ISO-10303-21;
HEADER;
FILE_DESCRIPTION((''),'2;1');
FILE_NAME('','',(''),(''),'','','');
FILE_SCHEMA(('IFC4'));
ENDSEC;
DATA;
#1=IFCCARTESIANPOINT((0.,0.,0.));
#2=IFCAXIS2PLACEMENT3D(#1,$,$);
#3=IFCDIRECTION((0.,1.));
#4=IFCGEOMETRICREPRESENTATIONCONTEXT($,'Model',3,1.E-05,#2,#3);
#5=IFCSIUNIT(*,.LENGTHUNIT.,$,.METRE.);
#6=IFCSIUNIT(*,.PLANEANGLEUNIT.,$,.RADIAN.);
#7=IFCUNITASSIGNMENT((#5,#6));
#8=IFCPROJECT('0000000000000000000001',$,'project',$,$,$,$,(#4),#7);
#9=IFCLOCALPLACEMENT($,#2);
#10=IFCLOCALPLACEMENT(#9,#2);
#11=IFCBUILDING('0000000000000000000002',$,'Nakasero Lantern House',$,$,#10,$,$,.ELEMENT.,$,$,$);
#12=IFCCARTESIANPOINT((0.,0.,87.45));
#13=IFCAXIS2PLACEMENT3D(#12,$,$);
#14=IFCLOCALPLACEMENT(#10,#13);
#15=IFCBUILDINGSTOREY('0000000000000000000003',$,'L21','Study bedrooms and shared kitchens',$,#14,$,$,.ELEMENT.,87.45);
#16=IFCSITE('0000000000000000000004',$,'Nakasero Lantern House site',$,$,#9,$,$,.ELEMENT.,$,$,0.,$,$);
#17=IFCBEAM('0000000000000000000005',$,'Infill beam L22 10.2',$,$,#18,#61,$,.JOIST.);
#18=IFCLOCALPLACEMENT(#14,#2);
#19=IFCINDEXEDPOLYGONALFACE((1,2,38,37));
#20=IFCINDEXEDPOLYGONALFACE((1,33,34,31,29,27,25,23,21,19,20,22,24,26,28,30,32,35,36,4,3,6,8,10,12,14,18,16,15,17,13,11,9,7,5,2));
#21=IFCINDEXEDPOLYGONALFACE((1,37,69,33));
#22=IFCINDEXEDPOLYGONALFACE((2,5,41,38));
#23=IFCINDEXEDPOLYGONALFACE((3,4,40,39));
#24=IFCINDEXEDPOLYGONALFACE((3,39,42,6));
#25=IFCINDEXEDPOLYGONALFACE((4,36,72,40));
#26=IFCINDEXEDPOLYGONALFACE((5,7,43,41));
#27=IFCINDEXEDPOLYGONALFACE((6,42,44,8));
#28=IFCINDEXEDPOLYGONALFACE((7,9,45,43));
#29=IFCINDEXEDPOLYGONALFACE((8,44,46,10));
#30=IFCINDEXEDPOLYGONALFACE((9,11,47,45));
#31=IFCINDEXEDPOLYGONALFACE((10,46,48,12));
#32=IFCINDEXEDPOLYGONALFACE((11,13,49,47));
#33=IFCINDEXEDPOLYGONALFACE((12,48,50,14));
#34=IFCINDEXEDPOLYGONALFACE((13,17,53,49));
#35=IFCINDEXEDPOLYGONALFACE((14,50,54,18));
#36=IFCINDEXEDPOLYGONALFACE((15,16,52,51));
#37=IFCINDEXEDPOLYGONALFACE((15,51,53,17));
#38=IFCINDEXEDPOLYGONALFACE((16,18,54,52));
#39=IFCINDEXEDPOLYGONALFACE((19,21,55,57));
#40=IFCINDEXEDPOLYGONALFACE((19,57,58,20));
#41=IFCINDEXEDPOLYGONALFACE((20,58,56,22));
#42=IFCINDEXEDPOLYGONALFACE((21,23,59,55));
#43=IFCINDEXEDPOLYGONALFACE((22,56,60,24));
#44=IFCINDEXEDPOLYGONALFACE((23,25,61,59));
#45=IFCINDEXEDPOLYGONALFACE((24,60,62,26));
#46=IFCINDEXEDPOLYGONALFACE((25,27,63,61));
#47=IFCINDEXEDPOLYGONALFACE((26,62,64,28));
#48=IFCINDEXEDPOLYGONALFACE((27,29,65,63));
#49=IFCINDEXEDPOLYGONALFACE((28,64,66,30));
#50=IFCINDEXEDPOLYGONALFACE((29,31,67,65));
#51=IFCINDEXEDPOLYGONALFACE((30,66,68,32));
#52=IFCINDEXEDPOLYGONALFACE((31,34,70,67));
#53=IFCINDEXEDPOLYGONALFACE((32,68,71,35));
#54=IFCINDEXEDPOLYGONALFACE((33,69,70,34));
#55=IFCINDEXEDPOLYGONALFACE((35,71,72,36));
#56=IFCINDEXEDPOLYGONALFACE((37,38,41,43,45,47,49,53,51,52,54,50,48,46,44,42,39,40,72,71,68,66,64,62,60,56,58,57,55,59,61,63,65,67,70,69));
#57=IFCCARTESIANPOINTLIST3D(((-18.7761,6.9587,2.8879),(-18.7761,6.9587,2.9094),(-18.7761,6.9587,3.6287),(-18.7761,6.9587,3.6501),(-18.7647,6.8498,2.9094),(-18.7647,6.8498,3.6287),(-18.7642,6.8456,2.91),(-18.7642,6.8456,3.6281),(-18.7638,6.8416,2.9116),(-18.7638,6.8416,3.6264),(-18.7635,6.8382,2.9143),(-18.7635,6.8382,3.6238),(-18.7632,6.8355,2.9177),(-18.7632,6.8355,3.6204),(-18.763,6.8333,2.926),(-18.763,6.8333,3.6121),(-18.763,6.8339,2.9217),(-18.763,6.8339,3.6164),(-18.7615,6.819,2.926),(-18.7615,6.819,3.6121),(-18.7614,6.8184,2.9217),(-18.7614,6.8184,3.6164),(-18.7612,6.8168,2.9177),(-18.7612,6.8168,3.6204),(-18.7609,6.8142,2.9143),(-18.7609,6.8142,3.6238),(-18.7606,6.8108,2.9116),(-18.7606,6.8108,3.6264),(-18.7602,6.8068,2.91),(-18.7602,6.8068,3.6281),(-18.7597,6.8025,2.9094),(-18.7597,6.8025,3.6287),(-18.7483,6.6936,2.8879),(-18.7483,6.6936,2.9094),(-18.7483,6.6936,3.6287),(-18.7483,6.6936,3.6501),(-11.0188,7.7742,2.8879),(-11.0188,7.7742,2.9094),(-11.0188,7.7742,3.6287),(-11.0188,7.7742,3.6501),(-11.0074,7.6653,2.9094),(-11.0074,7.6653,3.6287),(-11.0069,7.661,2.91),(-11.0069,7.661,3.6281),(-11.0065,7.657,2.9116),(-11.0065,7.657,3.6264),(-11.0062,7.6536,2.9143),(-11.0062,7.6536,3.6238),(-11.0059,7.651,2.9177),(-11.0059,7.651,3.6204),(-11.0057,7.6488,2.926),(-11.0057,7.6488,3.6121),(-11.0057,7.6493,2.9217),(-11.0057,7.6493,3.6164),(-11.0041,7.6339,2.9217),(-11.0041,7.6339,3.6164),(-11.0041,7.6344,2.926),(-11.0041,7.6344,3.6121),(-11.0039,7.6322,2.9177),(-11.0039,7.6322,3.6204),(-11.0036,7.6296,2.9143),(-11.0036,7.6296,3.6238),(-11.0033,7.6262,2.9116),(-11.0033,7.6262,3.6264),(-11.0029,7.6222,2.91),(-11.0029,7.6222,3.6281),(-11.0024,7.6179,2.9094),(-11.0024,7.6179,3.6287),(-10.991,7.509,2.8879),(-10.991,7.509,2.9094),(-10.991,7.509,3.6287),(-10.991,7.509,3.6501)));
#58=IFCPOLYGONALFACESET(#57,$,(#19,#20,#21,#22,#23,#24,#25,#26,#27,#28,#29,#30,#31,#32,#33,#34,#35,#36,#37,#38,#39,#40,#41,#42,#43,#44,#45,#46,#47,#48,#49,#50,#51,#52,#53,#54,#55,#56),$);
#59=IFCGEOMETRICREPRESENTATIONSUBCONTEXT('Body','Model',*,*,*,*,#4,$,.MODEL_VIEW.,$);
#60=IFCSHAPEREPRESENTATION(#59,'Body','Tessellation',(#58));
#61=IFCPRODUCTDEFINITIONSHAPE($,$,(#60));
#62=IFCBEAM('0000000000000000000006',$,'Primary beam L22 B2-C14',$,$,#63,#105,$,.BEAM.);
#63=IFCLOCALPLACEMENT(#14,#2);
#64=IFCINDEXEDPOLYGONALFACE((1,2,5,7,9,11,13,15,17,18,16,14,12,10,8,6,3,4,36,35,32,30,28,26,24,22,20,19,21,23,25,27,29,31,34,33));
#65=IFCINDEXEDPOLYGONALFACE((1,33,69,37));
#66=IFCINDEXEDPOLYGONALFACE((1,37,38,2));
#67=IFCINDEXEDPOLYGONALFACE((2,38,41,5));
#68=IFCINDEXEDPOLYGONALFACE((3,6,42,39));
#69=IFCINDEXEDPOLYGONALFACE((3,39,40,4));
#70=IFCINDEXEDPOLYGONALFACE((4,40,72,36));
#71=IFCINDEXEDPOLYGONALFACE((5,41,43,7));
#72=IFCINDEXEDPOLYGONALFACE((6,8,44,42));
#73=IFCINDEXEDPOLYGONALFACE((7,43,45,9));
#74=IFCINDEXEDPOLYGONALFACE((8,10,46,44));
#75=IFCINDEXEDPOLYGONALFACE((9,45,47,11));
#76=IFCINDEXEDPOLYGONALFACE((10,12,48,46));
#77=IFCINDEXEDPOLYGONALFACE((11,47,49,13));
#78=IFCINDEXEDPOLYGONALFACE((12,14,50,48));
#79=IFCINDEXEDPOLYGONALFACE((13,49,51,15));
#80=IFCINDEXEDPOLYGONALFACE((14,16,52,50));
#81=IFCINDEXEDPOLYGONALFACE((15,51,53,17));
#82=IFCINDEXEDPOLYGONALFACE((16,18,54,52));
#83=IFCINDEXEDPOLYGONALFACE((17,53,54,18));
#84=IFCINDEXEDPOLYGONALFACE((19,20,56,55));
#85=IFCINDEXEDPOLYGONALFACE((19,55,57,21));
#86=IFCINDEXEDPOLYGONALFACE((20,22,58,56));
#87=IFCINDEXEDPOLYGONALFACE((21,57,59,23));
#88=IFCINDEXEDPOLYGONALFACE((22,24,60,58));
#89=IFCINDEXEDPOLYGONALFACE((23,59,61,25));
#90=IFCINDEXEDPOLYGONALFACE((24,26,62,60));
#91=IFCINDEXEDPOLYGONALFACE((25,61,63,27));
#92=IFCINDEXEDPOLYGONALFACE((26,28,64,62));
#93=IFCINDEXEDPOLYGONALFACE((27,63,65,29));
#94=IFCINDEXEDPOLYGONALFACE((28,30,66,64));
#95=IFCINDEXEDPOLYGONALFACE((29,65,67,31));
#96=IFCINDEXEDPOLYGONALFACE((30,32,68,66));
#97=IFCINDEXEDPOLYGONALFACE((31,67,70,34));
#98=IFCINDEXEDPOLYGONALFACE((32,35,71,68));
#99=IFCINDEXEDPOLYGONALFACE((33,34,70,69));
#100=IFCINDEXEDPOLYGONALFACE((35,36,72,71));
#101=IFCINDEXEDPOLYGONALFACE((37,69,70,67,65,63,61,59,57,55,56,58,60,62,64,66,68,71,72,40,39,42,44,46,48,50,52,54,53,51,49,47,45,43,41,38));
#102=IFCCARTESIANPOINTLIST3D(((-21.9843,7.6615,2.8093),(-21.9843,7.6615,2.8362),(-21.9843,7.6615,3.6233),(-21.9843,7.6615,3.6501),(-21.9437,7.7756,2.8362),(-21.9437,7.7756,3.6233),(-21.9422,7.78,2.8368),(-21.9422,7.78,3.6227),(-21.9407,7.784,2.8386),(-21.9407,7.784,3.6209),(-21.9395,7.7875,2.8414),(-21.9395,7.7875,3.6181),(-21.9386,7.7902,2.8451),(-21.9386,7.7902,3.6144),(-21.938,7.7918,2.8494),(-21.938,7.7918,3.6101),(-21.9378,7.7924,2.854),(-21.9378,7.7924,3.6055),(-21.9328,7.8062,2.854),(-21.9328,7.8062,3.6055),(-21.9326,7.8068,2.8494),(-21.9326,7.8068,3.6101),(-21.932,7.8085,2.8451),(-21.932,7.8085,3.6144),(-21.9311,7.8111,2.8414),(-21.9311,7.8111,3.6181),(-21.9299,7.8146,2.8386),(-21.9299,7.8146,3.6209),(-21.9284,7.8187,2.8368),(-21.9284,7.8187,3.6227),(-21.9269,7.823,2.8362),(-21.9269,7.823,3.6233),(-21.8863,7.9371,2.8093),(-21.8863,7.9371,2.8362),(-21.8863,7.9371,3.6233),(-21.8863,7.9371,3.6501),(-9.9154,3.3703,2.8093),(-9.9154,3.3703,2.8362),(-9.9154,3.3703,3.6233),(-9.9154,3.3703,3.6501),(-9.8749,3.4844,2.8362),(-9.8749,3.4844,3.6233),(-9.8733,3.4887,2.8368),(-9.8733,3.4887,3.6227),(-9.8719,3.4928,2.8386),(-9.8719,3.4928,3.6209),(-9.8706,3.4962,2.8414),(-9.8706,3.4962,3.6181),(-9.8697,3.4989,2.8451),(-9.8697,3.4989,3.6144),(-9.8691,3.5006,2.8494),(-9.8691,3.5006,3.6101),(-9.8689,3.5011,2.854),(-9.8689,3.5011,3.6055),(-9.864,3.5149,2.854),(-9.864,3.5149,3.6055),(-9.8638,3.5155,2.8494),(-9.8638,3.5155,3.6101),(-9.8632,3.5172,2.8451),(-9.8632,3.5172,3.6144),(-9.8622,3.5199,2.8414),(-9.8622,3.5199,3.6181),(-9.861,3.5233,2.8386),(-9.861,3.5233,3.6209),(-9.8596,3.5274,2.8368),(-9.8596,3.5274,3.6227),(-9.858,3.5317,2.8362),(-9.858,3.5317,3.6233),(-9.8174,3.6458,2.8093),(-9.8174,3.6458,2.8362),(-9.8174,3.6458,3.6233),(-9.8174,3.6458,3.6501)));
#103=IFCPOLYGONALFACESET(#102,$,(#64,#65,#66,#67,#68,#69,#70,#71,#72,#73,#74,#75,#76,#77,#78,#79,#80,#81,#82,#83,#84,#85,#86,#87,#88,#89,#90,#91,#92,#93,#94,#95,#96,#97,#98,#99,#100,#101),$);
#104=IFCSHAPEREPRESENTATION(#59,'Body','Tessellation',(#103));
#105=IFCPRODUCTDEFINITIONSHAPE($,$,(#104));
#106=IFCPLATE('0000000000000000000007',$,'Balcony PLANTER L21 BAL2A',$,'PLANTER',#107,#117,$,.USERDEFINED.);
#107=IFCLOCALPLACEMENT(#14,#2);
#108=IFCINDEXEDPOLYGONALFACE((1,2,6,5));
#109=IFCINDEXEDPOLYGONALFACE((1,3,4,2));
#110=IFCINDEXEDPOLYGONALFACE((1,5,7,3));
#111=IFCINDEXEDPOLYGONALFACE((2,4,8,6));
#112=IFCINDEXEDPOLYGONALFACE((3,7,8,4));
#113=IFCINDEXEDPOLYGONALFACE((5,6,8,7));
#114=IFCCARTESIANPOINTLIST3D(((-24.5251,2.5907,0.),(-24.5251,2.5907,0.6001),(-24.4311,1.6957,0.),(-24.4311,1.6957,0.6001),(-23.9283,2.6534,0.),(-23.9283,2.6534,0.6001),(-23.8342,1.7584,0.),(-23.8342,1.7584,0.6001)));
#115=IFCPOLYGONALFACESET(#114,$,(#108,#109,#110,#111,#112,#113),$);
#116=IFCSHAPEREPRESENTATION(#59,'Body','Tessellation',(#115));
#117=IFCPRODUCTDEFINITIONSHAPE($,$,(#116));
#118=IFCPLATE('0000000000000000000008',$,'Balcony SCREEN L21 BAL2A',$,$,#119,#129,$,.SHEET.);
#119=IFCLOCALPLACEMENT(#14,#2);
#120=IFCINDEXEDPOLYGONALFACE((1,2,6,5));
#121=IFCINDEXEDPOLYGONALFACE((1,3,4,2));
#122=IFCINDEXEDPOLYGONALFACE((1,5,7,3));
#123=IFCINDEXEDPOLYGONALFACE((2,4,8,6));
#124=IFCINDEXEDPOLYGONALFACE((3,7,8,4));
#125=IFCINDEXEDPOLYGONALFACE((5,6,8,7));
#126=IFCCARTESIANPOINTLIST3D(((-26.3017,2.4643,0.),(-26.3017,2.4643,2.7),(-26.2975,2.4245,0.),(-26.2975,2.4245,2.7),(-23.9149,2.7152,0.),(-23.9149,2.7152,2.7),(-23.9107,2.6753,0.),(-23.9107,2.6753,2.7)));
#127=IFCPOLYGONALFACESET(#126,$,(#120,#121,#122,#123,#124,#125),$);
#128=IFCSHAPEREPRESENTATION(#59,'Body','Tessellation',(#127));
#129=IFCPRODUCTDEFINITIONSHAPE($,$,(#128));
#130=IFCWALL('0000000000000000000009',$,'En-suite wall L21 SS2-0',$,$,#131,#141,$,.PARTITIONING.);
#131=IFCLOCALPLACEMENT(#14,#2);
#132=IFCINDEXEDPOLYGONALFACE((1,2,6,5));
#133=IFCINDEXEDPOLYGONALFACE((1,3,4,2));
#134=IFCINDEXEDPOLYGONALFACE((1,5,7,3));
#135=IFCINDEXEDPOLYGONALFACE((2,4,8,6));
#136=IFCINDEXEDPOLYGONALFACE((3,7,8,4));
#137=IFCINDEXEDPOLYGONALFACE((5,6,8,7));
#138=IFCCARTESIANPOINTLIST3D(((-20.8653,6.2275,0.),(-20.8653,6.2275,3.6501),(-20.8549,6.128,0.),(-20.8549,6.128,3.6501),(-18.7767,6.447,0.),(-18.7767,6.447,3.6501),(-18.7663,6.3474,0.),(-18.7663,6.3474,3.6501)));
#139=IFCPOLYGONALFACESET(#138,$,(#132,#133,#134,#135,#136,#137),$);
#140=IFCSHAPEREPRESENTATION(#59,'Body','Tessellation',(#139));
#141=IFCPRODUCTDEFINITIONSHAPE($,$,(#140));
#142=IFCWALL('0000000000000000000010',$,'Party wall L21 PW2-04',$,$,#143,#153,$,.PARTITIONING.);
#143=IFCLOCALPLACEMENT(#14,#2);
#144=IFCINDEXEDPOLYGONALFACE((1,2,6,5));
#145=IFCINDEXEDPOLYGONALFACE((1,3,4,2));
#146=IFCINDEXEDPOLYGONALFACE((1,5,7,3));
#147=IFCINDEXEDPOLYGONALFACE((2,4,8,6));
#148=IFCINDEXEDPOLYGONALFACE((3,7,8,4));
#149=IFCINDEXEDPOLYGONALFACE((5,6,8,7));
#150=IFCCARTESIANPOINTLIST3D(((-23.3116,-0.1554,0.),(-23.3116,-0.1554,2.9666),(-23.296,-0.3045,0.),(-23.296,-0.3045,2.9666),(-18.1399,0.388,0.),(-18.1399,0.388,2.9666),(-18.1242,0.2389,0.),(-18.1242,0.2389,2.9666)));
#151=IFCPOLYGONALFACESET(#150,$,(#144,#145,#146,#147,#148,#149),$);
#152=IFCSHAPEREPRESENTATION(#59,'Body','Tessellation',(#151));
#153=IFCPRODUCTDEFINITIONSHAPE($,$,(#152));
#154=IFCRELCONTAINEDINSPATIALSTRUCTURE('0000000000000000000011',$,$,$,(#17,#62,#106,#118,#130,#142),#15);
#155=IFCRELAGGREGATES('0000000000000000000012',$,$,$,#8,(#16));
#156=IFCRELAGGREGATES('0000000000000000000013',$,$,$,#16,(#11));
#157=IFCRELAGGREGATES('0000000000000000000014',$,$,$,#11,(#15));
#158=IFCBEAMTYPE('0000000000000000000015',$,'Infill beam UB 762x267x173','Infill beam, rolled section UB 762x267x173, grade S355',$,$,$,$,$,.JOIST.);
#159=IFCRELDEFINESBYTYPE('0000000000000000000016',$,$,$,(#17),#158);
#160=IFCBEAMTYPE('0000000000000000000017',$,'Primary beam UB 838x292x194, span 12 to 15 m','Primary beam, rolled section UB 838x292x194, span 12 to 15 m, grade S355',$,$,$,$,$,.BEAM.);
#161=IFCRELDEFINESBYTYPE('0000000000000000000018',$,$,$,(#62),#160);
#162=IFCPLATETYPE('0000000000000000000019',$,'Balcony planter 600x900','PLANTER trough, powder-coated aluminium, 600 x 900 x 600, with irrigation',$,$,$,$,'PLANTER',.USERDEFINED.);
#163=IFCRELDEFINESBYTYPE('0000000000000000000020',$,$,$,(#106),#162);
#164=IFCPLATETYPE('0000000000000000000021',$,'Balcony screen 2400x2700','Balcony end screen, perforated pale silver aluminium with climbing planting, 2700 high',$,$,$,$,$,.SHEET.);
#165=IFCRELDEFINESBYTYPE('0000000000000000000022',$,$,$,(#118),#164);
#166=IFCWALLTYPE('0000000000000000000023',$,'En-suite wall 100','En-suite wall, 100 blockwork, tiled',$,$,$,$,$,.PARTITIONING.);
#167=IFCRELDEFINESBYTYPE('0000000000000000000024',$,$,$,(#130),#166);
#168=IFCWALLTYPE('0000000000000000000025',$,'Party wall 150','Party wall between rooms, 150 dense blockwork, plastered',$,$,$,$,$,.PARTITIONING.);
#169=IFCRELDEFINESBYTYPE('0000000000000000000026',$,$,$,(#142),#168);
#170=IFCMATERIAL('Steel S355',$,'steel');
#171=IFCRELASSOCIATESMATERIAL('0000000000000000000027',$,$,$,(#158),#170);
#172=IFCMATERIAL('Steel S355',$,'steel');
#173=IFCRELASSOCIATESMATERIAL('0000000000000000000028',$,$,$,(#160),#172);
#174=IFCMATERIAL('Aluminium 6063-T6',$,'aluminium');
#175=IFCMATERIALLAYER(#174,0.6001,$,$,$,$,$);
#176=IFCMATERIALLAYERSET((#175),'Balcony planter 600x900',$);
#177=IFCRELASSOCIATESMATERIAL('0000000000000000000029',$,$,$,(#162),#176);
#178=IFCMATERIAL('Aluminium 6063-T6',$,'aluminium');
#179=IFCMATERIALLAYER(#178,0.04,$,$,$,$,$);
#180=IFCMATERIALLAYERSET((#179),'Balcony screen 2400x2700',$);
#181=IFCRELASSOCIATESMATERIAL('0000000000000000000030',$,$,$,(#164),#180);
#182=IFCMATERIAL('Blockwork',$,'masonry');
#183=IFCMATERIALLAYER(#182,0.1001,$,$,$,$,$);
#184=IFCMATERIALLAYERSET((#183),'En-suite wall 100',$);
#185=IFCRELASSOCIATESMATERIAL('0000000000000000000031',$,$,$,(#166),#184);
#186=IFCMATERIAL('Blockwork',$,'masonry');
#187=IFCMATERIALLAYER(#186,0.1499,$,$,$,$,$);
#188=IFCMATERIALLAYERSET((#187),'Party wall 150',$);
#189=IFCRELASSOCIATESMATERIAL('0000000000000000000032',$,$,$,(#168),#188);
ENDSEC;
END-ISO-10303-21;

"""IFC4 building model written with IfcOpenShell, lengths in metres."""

from ifc_helpers import new_model, si_unit, direction, frame, frame_2d, origin, origin_2d, place, context, subcontext, project, spatial, rectangle, i_section, extrude, material, layer, layer_set, material_profile, profile_set, type_object, element, save


model = new_model("IFC4")

# Units and contexts
model_context = context("Model", 3, precision=1e-05, world=origin(), true_north=direction((0.0, 1.0)))
body_context = subcontext(model_context, "Body", "Model", "MODEL_VIEW")
ifc_project = project(units=[si_unit("LENGTHUNIT", "METRE"), si_unit("PLANEANGLEUNIT", "RADIAN")], contexts=[model_context])

# Site, building, storey
site_placement = place(None, origin())
site = spatial("IfcSite", under=ifc_project, at=site_placement, Name="Nakasero Lantern House site", CompositionType="ELEMENT", RefElevation=0.0)
building_placement = place(site_placement, origin())
building = spatial("IfcBuilding", under=site, at=building_placement, Name="Nakasero Lantern House", CompositionType="ELEMENT")
storey_placement = place(building_placement, frame((0.0, 0.0, 87.45)))
storey = spatial("IfcBuildingStorey", under=building, at=storey_placement, Name="L21", Description="Study bedrooms and shared kitchens", CompositionType="ELEMENT", Elevation=87.45)

# Beams
ifc_material_1 = material(Name="Steel S355", Category="steel")
ifc_material_profile_1 = material_profile(ifc_material_1, i_section(OverallWidth=0.2666, OverallDepth=0.7622, WebThickness=0.0144, FlangeThickness=0.0215, FilletRadius=0.0166, at=origin_2d()), Name="UB 762x267x173")
ifc_profile_set_1 = profile_set([ifc_material_profile_1], Name="Steel S355")
beam_type_1 = type_object("IfcBeamType", Name="Infill beam UB 762x267x173", Description="Infill beam, rolled section UB 762x267x173, grade S355", PredefinedType="JOIST", material=ifc_profile_set_1)
beam_1_placement = place(storey_placement, frame((-18.7622, 6.8262, 3.269), z_axis=(0.994521, 0.104541, 0.0), x_axis=(-0.104541, 0.994521, 0.0)))
element("IfcBeam", 1, at=beam_1_placement, inside=storey, type_object=beam_type_1, Name="Infill beam L22 10.2", PredefinedType="JOIST", context=body_context, shape_type="SweptSolid", body=[
    extrude(i_section(OverallWidth=0.2666, OverallDepth=0.7622, WebThickness=0.0144, FlangeThickness=0.0215, FilletRadius=0.0166, at=origin_2d()), origin(), (0.0, 0.0, 1.0), 7.8),
])
ifc_material_2 = material(Name="Steel S355", Category="steel")
ifc_material_profile_2 = material_profile(ifc_material_2, i_section(OverallWidth=0.2925, OverallDepth=0.8408, WebThickness=0.0146, FlangeThickness=0.0269, FilletRadius=0.0178, at=origin_2d()), Name="UB 838x292x194")
ifc_profile_set_2 = profile_set([ifc_material_profile_2], Name="Steel S355")
beam_type_2 = type_object("IfcBeamType", Name="Primary beam UB 838x292x194, span 12 to 15 m", Description="Primary beam, rolled section UB 838x292x194, span 12 to 15 m, grade S355", PredefinedType="BEAM", material=ifc_profile_set_2)
beam_2_placement = place(storey_placement, frame((-21.9353, 7.7993, 3.2297), z_axis=(0.942212, -0.335018, 0.0), x_axis=(0.335018, 0.942212, 0.0)))
element("IfcBeam", 2, at=beam_2_placement, inside=storey, type_object=beam_type_2, Name="Primary beam L22 B2-C14", PredefinedType="BEAM", context=body_context, shape_type="SweptSolid", body=[
    extrude(i_section(OverallWidth=0.2925, OverallDepth=0.8408, WebThickness=0.0146, FlangeThickness=0.0269, FilletRadius=0.0178, at=origin_2d()), origin(), (0.0, 0.0, 1.0), 12.8091),
])

# Plates
ifc_material_3 = material(Name="Aluminium 6063-T6", Category="aluminium")
ifc_layer_1 = layer(ifc_material_3, 0.6001)
ifc_layer_set_1 = layer_set([ifc_layer_1], Name="Balcony planter 600x900")
plate_type_1 = type_object("IfcPlateType", Name="Balcony planter 600x900", Description="PLANTER trough, powder-coated aluminium, 600 x 900 x 600, with irrigation", ElementType="PLANTER", PredefinedType="USERDEFINED", material=ifc_layer_set_1)
plate_1_placement = place(storey_placement, frame((-24.1797, 2.1746, 0.0), z_axis=(0.0, 0.0, 1.0), x_axis=(-0.994522, -0.104528, 0.0)))
element("IfcPlate", 3, at=plate_1_placement, inside=storey, type_object=plate_type_1, Name="Balcony PLANTER L21 BAL2A", ObjectType="PLANTER", PredefinedType="USERDEFINED", context=body_context, shape_type="SweptSolid", body=[
    extrude(rectangle(XDim=0.6001, YDim=0.8999, at=origin_2d()), origin(), (0.0, 0.0, 1.0), 0.6001),
])
ifc_material_4 = material(Name="Aluminium 6063-T6", Category="aluminium")
ifc_layer_2 = layer(ifc_material_4, 0.04)
ifc_layer_set_2 = layer_set([ifc_layer_2], Name="Balcony screen 2400x2700")
plate_type_2 = type_object("IfcPlateType", Name="Balcony screen 2400x2700", Description="Balcony end screen, perforated pale silver aluminium with climbing planting, 2700 high", PredefinedType="SHEET", material=ifc_layer_set_2)
plate_2_placement = place(storey_placement, frame((-25.1062, 2.5698, 0.0), z_axis=(0.0, 0.0, 1.0), x_axis=(-0.994522, -0.104528, 0.0)))
element("IfcPlate", 4, at=plate_2_placement, inside=storey, type_object=plate_type_2, Name="Balcony SCREEN L21 BAL2A", PredefinedType="SHEET", context=body_context, shape_type="SweptSolid", body=[
    extrude(rectangle(XDim=2.3999, YDim=0.04, at=origin_2d()), origin(), (0.0, 0.0, 1.0), 2.7),
])

# Walls
ifc_material_5 = material(Name="Blockwork", Category="masonry")
ifc_layer_3 = layer(ifc_material_5, 0.1001)
ifc_layer_set_3 = layer_set([ifc_layer_3], Name="En-suite wall 100")
wall_type_1 = type_object("IfcWallType", Name="En-suite wall 100", Description="En-suite wall, 100 blockwork, tiled", PredefinedType="PARTITIONING", material=ifc_layer_set_3)
wall_1_placement = place(storey_placement, frame((-18.7715, 6.3972, 0.0), z_axis=(0.0, 0.0, 1.0), x_axis=(-0.994524, -0.104509, 0.0)))
element("IfcWall", 5, at=wall_1_placement, inside=storey, type_object=wall_type_1, Name="En-suite wall L21 SS2-0", PredefinedType="PARTITIONING", context=body_context, shape_type="SweptSolid", body=[
    extrude(rectangle(XDim=2.1001, YDim=0.1001, at=frame_2d((1.05, 0.0))), origin(), (0.0, 0.0, 1.0), 3.6501),
])
ifc_material_6 = material(Name="Blockwork", Category="masonry")
ifc_layer_4 = layer(ifc_material_6, 0.1499)
ifc_layer_set_4 = layer_set([ifc_layer_4], Name="Party wall 150")
wall_type_2 = type_object("IfcWallType", Name="Party wall 150", Description="Party wall between rooms, 150 dense blockwork, plastered", PredefinedType="PARTITIONING", material=ifc_layer_set_4)
wall_2_placement = place(storey_placement, frame((-18.1321, 0.3135, 0.0), z_axis=(0.0, 0.0, 1.0), x_axis=(-0.994524, -0.104509, 0.0)))
element("IfcWall", 6, at=wall_2_placement, inside=storey, type_object=wall_type_2, Name="Party wall L21 PW2-04", PredefinedType="PARTITIONING", context=body_context, shape_type="SweptSolid", body=[
    extrude(rectangle(XDim=5.2002, YDim=0.1499, at=frame_2d((2.6001, 0.0))), origin(), (0.0, 0.0, 1.0), 2.9666),
])

save(model, "model.ifc")
